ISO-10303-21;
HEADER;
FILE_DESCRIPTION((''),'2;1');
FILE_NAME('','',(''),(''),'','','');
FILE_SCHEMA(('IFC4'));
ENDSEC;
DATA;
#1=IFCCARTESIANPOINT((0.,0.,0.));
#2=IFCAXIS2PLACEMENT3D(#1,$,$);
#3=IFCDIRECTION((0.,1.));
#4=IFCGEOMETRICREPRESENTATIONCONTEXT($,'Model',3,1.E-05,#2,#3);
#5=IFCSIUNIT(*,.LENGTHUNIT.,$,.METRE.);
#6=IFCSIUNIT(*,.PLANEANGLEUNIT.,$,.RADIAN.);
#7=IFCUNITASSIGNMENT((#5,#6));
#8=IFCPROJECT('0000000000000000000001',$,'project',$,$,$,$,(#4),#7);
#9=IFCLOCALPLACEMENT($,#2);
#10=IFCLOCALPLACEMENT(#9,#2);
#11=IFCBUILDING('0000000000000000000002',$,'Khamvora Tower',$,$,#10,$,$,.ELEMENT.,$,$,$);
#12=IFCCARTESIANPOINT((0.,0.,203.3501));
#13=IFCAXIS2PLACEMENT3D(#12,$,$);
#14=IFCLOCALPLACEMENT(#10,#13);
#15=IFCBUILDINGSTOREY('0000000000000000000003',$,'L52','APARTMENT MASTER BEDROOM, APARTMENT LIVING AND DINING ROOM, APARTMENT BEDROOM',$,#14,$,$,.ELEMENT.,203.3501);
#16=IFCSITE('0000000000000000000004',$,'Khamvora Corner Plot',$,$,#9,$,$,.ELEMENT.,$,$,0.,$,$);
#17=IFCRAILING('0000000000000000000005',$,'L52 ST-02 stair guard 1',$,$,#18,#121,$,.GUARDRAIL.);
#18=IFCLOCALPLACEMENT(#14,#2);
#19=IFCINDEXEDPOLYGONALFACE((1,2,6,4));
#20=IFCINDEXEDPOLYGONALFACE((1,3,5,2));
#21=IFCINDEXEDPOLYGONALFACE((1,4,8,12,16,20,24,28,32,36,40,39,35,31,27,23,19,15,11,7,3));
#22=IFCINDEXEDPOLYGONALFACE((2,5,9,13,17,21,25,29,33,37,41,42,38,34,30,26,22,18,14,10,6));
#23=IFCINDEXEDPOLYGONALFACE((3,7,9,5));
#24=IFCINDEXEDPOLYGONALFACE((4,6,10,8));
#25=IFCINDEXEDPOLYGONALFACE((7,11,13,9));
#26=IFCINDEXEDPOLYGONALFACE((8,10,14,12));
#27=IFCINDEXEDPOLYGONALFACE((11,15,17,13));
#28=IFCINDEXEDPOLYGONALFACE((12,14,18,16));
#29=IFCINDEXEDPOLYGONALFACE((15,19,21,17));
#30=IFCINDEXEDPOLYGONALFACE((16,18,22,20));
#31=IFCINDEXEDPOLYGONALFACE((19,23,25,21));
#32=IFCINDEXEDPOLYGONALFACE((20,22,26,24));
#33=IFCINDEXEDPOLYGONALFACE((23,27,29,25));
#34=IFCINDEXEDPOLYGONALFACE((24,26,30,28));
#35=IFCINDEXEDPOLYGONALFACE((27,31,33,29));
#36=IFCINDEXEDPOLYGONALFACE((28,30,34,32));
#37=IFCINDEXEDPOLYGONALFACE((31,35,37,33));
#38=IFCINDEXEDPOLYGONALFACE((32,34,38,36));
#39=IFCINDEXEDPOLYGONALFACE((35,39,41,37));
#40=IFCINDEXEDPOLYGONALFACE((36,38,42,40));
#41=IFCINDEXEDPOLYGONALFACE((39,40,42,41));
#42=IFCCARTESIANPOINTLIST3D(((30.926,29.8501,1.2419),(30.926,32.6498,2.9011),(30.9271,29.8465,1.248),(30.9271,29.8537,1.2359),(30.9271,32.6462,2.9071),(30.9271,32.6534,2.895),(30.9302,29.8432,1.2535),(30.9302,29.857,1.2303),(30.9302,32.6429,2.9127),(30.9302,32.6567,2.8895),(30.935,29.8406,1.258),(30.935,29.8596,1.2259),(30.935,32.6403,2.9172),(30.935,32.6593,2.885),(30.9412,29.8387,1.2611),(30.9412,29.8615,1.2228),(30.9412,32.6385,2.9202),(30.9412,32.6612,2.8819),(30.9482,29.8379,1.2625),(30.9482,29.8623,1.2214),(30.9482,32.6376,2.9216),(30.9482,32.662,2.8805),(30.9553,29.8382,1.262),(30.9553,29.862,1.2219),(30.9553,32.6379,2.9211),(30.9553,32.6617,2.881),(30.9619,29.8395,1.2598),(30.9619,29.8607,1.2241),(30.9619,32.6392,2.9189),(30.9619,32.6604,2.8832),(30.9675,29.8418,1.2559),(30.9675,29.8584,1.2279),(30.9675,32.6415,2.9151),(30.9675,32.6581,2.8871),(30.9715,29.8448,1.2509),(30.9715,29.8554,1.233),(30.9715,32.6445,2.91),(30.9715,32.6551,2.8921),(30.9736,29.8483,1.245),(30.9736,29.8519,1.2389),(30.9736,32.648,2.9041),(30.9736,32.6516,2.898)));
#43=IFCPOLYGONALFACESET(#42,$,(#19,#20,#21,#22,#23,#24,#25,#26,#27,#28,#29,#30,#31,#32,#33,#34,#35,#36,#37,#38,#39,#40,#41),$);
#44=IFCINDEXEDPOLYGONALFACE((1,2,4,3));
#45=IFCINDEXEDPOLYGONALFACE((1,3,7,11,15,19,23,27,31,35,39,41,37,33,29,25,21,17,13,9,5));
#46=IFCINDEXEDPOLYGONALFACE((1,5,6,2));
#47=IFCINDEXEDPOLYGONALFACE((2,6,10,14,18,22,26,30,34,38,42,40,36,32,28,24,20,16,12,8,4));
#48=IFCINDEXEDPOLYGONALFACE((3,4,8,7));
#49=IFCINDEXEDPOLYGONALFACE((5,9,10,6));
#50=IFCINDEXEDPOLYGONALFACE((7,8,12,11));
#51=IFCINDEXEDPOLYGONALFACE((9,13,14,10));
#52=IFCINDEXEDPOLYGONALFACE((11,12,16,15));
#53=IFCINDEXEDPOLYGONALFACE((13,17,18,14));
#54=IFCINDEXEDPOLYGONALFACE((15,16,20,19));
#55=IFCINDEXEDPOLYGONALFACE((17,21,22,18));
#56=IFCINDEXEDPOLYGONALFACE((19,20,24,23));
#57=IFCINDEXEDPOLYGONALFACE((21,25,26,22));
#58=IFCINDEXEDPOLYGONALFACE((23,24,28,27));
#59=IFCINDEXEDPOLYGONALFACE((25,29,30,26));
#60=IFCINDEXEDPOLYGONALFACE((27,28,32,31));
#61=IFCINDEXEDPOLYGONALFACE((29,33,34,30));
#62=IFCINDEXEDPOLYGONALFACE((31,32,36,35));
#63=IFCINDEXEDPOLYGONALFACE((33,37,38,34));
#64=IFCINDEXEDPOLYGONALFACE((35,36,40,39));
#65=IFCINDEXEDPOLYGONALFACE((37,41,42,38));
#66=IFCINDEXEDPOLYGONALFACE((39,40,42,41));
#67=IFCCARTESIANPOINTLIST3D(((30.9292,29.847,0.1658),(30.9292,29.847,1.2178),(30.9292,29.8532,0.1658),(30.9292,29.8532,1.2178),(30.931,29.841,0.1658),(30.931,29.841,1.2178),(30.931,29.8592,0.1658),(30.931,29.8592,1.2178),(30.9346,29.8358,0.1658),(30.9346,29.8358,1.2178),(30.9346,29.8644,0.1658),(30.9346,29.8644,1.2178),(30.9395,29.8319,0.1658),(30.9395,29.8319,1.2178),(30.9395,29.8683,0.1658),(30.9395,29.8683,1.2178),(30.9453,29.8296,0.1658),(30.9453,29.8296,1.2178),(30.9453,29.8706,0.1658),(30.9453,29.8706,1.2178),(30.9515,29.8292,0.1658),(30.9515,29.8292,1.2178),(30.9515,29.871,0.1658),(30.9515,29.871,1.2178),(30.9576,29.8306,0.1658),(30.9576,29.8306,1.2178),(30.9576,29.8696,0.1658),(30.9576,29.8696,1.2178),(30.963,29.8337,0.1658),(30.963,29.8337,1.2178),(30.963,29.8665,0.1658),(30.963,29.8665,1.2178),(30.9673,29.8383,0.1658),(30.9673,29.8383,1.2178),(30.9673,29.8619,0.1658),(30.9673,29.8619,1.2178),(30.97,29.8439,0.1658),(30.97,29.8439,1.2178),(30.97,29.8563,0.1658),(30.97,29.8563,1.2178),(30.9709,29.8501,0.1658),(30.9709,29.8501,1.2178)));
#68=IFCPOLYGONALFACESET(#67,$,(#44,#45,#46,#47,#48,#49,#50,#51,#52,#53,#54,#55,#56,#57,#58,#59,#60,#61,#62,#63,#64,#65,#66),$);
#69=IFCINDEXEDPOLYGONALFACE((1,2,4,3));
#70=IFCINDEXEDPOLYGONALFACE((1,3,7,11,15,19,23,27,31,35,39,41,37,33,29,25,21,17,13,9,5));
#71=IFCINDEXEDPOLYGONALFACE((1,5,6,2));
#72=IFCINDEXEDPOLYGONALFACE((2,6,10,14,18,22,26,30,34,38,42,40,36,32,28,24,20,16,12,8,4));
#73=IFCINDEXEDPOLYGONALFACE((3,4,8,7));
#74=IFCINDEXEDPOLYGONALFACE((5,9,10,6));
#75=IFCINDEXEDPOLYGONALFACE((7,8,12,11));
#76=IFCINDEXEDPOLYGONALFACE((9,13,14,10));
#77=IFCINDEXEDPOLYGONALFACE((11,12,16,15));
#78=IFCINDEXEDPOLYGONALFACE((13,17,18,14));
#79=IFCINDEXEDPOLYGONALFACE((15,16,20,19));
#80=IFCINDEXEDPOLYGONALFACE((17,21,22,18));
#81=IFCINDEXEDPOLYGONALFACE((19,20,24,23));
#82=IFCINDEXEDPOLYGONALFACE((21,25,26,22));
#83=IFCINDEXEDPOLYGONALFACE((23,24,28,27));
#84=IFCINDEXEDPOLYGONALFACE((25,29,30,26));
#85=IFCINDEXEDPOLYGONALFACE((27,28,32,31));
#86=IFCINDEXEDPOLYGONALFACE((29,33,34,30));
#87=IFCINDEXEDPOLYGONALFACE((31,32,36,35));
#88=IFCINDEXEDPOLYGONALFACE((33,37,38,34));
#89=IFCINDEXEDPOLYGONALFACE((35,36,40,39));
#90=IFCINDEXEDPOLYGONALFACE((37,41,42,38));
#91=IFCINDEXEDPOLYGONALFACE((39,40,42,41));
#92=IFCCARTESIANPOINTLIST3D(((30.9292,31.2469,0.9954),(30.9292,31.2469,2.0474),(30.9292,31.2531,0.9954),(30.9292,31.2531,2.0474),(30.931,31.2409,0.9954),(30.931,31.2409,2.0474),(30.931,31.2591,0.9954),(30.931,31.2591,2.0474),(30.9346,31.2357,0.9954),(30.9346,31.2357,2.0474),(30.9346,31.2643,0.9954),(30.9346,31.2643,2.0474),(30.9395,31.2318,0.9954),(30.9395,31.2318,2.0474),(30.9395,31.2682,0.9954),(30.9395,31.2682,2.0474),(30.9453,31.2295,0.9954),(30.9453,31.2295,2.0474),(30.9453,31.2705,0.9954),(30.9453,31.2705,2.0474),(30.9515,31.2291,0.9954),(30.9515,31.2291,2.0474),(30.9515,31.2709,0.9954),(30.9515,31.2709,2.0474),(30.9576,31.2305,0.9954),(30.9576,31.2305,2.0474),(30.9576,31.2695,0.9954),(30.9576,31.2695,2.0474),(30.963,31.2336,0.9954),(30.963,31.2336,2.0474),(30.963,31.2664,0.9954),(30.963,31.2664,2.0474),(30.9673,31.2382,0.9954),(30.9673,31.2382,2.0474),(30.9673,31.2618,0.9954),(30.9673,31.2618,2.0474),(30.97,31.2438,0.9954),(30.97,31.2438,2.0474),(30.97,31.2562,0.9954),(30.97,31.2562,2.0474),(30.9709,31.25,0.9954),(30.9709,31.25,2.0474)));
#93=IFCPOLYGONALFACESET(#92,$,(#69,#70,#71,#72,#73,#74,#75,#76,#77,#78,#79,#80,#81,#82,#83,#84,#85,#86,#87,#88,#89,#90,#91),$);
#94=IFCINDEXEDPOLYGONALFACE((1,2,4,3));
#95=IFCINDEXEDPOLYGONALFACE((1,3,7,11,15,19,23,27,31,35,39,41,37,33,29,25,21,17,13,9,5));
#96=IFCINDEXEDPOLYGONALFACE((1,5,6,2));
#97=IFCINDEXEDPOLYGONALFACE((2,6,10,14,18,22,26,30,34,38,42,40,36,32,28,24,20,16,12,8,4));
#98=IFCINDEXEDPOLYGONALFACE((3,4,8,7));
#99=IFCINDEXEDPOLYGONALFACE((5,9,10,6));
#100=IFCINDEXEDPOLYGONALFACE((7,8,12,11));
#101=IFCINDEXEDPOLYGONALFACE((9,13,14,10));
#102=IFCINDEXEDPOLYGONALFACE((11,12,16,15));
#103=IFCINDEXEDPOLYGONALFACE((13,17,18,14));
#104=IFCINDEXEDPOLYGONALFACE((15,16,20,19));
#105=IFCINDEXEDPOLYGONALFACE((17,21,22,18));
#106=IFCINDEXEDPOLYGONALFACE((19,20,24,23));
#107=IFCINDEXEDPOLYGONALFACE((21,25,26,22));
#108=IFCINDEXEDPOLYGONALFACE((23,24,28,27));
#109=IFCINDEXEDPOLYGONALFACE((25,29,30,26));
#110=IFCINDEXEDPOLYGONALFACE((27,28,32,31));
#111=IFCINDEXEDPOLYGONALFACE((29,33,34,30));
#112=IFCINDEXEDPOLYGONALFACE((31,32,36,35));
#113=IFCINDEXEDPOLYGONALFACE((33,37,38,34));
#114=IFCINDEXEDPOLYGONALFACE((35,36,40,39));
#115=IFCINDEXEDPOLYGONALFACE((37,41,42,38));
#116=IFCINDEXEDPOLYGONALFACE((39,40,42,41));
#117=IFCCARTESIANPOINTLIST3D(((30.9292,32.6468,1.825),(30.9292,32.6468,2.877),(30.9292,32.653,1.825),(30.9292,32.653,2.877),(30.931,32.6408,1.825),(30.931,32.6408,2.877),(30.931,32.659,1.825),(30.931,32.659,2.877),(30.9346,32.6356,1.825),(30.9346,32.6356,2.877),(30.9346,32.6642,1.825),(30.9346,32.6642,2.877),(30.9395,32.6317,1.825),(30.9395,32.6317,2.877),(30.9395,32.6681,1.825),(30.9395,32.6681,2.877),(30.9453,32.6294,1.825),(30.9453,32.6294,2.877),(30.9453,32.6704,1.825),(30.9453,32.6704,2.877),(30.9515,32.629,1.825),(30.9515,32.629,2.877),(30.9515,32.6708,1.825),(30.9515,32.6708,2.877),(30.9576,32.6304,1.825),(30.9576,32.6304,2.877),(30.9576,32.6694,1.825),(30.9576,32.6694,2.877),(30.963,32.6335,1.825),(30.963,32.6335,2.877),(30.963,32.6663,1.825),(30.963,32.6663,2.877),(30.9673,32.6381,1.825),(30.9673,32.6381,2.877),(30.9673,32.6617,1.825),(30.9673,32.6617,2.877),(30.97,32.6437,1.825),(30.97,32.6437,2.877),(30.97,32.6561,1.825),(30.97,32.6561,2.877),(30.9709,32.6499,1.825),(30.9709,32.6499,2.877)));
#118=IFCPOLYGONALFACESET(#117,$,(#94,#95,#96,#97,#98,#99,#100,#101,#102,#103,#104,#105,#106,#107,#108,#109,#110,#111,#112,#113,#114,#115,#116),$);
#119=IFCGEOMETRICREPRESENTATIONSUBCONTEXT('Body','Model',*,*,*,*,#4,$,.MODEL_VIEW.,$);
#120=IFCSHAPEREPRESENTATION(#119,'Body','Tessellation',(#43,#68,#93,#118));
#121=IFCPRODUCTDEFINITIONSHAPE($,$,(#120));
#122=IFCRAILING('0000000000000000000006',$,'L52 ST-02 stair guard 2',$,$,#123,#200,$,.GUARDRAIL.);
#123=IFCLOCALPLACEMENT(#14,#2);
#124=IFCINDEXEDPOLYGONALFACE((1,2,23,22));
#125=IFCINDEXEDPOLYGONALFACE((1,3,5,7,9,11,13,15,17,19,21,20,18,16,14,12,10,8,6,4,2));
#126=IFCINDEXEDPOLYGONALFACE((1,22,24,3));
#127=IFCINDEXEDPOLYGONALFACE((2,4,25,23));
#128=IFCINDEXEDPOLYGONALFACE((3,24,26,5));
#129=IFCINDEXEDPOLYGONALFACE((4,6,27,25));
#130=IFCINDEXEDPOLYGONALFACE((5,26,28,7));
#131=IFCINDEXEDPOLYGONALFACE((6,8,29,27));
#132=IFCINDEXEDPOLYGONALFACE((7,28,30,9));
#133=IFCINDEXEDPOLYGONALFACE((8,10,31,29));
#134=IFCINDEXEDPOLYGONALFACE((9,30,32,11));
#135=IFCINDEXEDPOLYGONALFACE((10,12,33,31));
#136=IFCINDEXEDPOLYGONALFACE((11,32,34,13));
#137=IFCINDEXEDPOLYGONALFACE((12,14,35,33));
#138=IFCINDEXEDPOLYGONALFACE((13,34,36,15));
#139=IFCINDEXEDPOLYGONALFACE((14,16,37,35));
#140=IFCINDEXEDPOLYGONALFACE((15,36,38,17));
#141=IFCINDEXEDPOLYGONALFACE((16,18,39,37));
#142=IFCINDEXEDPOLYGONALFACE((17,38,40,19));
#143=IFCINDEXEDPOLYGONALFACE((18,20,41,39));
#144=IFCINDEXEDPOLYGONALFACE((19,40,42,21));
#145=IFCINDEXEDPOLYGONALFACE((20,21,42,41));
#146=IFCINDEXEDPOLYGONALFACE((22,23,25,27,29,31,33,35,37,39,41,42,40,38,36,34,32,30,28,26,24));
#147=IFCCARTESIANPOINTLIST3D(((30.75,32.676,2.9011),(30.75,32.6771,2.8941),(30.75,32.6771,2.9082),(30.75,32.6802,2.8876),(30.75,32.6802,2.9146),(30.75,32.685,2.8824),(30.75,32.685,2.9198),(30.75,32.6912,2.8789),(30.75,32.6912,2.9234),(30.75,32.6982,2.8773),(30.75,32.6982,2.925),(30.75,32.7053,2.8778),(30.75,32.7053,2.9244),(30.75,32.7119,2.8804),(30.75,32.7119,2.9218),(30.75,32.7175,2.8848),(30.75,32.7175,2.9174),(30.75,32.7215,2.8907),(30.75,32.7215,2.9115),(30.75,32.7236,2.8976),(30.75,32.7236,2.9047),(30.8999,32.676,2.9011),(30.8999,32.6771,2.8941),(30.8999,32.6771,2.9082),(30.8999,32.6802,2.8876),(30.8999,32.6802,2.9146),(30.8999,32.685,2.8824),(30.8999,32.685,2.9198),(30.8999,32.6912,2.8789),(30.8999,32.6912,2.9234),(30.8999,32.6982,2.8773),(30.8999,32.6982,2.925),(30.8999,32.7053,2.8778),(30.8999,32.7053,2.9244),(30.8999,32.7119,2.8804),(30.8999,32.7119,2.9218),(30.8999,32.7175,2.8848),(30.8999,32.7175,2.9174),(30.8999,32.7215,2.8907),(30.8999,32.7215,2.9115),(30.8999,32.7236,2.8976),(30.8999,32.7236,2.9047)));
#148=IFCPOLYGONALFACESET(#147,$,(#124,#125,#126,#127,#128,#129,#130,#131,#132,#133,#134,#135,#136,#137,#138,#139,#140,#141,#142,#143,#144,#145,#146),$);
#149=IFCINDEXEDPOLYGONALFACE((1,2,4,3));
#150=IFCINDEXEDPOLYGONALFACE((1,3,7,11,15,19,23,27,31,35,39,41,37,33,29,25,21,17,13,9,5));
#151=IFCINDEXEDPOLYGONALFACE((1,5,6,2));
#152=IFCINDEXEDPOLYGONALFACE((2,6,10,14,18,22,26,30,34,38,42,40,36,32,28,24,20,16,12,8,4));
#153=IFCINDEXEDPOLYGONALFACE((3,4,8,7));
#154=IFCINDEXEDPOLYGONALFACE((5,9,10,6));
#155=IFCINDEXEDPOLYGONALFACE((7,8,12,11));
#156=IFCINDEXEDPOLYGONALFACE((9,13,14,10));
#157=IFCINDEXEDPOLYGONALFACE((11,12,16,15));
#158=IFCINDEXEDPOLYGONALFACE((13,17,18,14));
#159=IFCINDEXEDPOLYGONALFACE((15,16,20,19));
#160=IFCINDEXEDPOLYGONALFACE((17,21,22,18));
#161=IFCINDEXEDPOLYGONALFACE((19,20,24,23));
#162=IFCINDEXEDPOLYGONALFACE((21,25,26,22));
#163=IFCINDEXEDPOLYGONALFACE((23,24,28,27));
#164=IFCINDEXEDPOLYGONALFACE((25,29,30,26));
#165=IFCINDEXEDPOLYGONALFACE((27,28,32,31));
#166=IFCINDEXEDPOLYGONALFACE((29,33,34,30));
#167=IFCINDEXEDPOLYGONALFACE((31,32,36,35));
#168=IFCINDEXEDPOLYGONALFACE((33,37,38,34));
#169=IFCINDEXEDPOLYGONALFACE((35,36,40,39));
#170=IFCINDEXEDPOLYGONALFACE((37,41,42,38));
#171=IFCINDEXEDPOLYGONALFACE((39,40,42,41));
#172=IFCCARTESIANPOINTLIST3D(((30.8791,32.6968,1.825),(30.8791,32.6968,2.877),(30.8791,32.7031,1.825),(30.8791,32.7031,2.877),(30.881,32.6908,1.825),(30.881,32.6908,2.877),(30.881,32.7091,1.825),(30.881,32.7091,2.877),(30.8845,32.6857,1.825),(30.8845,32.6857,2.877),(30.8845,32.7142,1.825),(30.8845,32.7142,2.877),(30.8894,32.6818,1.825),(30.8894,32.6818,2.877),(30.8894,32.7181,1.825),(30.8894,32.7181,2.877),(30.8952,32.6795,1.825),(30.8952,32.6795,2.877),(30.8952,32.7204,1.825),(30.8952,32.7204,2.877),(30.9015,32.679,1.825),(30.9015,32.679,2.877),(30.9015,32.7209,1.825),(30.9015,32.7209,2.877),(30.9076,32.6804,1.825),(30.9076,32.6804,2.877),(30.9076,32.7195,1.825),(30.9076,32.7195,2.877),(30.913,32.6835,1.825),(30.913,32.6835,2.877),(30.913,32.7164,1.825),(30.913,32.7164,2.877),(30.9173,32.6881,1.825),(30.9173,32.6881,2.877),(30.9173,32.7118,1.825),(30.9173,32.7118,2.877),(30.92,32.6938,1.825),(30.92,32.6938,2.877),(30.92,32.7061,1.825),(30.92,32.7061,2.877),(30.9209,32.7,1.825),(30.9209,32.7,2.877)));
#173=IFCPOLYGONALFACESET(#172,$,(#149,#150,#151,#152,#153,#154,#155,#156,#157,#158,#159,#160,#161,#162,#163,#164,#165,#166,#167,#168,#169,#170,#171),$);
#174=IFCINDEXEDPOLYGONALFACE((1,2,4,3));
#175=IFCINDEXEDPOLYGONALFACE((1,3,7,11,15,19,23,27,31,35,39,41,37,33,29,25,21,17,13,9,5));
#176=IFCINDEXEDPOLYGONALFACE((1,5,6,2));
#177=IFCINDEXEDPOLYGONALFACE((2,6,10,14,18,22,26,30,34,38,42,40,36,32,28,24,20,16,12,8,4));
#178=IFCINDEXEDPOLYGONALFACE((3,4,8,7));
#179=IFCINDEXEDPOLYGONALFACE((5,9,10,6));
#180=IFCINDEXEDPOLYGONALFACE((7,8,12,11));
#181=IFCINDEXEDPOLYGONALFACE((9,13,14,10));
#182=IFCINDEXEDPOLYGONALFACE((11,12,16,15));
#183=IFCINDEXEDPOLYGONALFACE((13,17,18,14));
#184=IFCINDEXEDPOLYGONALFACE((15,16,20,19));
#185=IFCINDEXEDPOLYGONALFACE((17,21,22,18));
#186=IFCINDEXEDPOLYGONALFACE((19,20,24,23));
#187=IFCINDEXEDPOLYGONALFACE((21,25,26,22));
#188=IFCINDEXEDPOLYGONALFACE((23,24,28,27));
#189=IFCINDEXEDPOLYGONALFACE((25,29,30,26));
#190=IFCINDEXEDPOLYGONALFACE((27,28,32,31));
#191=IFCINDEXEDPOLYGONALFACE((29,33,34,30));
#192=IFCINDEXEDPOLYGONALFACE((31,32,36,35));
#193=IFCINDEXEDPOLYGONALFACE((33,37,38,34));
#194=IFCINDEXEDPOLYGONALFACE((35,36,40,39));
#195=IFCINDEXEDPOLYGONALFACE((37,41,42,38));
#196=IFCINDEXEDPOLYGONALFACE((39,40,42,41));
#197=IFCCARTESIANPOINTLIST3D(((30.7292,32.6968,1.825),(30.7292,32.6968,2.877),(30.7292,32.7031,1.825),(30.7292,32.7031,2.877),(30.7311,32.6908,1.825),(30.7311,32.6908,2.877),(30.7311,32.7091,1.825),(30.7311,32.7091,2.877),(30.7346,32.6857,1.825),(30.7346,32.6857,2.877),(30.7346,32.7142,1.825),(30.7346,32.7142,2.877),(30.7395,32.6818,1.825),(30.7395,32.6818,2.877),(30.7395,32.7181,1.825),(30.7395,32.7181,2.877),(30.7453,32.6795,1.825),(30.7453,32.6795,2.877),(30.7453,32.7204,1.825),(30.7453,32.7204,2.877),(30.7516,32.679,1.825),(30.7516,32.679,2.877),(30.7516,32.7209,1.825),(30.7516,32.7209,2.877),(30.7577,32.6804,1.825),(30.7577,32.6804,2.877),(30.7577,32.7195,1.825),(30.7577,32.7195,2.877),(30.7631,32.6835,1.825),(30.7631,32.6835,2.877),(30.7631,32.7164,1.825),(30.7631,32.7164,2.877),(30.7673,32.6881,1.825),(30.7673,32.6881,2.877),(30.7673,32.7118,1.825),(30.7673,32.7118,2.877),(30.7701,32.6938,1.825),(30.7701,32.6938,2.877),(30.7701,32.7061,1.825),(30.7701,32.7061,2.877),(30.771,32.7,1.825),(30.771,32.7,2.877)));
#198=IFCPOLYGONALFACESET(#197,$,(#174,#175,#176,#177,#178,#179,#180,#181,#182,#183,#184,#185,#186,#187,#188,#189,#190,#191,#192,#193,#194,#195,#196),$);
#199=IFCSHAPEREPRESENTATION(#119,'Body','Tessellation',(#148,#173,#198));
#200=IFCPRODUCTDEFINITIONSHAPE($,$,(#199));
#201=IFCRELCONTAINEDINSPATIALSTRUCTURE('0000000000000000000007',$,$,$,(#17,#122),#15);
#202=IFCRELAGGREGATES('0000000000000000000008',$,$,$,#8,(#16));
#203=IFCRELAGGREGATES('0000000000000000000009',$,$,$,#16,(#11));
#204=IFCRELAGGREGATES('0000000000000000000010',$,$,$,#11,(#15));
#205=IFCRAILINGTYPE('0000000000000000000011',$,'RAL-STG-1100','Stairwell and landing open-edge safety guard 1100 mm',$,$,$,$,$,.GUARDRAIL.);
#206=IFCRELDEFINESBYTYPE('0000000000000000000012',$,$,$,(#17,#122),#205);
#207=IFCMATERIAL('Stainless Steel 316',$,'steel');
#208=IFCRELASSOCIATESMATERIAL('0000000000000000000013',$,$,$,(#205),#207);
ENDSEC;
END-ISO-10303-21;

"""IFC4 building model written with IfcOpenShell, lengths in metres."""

from ifc_helpers import new_model, si_unit, direction, frame, origin, origin_2d, place, context, subcontext, project, spatial, circle, extrude, material, type_object, element, save


model = new_model("IFC4")

# Units and contexts
model_context = context("Model", 3, precision=1e-05, world=origin(), true_north=direction((0.0, 1.0)))
body_context = subcontext(model_context, "Body", "Model", "MODEL_VIEW")
ifc_project = project(units=[si_unit("LENGTHUNIT", "METRE"), si_unit("PLANEANGLEUNIT", "RADIAN")], contexts=[model_context])

# Site, building, storey
site_placement = place(None, origin())
site = spatial("IfcSite", under=ifc_project, at=site_placement, Name="Khamvora Corner Plot", CompositionType="ELEMENT", RefElevation=0.0)
building_placement = place(site_placement, origin())
building = spatial("IfcBuilding", under=site, at=building_placement, Name="Khamvora Tower", CompositionType="ELEMENT")
storey_placement = place(building_placement, frame((0.0, 0.0, 203.3501)))
storey = spatial("IfcBuildingStorey", under=building, at=storey_placement, Name="L52", Description="APARTMENT MASTER BEDROOM, APARTMENT LIVING AND DINING ROOM, APARTMENT BEDROOM", CompositionType="ELEMENT", Elevation=203.3501)

# Railings
ifc_material_1 = material(Name="Stainless Steel 316", Category="steel")
railing_type_1 = type_object("IfcRailingType", Name="RAL-STG-1100", Description="Stairwell and landing open-edge safety guard 1100 mm", PredefinedType="GUARDRAIL", material=ifc_material_1)
railing_1_placement = place(storey_placement, frame((30.95, 29.8501, 0.1658)))
element("IfcRailing", 1, at=railing_1_placement, inside=storey, type_object=railing_type_1, Name="L52 ST-02 stair guard 1", PredefinedType="GUARDRAIL", context=body_context, shape_type="SweptSolid", body=[
    extrude(circle(Radius=0.0239, at=origin_2d()), frame((0.0, 0.0, 1.0762), z_axis=(0.0, 0.860287, 0.509811), x_axis=(-1.0, 0.0, 0.0)), (0.0, 0.0, 1.0), 3.2544),
    extrude(circle(Radius=0.021, at=origin_2d()), origin(), (0.0, 0.0, 1.0), 1.052),
    extrude(circle(Radius=0.021, at=origin_2d()), frame((0.0, 1.3999, 0.8296)), (0.0, 0.0, 1.0), 1.052),
    extrude(circle(Radius=0.021, at=origin_2d()), frame((0.0, 2.7998, 1.6592)), (0.0, 0.0, 1.0), 1.052),
])
railing_2_placement = place(storey_placement, frame((30.8999, 32.7, 1.825)))
element("IfcRailing", 2, at=railing_2_placement, inside=storey, type_object=railing_type_1, Name="L52 ST-02 stair guard 2", PredefinedType="GUARDRAIL", context=body_context, shape_type="SweptSolid", body=[
    extrude(circle(Radius=0.0239, at=origin_2d()), frame((0.0, 0.0, 1.0762), z_axis=(-1.0, 0.0, 0.0), x_axis=(0.0, -1.0, 0.0)), (0.0, 0.0, 1.0), 0.1499),
    extrude(circle(Radius=0.021, at=origin_2d()), origin(), (0.0, 0.0, 1.0), 1.052),
    extrude(circle(Radius=0.021, at=origin_2d()), frame((-0.1499, 0.0, 0.0)), (0.0, 0.0, 1.0), 1.052),
])

save(model, "model.ifc")
